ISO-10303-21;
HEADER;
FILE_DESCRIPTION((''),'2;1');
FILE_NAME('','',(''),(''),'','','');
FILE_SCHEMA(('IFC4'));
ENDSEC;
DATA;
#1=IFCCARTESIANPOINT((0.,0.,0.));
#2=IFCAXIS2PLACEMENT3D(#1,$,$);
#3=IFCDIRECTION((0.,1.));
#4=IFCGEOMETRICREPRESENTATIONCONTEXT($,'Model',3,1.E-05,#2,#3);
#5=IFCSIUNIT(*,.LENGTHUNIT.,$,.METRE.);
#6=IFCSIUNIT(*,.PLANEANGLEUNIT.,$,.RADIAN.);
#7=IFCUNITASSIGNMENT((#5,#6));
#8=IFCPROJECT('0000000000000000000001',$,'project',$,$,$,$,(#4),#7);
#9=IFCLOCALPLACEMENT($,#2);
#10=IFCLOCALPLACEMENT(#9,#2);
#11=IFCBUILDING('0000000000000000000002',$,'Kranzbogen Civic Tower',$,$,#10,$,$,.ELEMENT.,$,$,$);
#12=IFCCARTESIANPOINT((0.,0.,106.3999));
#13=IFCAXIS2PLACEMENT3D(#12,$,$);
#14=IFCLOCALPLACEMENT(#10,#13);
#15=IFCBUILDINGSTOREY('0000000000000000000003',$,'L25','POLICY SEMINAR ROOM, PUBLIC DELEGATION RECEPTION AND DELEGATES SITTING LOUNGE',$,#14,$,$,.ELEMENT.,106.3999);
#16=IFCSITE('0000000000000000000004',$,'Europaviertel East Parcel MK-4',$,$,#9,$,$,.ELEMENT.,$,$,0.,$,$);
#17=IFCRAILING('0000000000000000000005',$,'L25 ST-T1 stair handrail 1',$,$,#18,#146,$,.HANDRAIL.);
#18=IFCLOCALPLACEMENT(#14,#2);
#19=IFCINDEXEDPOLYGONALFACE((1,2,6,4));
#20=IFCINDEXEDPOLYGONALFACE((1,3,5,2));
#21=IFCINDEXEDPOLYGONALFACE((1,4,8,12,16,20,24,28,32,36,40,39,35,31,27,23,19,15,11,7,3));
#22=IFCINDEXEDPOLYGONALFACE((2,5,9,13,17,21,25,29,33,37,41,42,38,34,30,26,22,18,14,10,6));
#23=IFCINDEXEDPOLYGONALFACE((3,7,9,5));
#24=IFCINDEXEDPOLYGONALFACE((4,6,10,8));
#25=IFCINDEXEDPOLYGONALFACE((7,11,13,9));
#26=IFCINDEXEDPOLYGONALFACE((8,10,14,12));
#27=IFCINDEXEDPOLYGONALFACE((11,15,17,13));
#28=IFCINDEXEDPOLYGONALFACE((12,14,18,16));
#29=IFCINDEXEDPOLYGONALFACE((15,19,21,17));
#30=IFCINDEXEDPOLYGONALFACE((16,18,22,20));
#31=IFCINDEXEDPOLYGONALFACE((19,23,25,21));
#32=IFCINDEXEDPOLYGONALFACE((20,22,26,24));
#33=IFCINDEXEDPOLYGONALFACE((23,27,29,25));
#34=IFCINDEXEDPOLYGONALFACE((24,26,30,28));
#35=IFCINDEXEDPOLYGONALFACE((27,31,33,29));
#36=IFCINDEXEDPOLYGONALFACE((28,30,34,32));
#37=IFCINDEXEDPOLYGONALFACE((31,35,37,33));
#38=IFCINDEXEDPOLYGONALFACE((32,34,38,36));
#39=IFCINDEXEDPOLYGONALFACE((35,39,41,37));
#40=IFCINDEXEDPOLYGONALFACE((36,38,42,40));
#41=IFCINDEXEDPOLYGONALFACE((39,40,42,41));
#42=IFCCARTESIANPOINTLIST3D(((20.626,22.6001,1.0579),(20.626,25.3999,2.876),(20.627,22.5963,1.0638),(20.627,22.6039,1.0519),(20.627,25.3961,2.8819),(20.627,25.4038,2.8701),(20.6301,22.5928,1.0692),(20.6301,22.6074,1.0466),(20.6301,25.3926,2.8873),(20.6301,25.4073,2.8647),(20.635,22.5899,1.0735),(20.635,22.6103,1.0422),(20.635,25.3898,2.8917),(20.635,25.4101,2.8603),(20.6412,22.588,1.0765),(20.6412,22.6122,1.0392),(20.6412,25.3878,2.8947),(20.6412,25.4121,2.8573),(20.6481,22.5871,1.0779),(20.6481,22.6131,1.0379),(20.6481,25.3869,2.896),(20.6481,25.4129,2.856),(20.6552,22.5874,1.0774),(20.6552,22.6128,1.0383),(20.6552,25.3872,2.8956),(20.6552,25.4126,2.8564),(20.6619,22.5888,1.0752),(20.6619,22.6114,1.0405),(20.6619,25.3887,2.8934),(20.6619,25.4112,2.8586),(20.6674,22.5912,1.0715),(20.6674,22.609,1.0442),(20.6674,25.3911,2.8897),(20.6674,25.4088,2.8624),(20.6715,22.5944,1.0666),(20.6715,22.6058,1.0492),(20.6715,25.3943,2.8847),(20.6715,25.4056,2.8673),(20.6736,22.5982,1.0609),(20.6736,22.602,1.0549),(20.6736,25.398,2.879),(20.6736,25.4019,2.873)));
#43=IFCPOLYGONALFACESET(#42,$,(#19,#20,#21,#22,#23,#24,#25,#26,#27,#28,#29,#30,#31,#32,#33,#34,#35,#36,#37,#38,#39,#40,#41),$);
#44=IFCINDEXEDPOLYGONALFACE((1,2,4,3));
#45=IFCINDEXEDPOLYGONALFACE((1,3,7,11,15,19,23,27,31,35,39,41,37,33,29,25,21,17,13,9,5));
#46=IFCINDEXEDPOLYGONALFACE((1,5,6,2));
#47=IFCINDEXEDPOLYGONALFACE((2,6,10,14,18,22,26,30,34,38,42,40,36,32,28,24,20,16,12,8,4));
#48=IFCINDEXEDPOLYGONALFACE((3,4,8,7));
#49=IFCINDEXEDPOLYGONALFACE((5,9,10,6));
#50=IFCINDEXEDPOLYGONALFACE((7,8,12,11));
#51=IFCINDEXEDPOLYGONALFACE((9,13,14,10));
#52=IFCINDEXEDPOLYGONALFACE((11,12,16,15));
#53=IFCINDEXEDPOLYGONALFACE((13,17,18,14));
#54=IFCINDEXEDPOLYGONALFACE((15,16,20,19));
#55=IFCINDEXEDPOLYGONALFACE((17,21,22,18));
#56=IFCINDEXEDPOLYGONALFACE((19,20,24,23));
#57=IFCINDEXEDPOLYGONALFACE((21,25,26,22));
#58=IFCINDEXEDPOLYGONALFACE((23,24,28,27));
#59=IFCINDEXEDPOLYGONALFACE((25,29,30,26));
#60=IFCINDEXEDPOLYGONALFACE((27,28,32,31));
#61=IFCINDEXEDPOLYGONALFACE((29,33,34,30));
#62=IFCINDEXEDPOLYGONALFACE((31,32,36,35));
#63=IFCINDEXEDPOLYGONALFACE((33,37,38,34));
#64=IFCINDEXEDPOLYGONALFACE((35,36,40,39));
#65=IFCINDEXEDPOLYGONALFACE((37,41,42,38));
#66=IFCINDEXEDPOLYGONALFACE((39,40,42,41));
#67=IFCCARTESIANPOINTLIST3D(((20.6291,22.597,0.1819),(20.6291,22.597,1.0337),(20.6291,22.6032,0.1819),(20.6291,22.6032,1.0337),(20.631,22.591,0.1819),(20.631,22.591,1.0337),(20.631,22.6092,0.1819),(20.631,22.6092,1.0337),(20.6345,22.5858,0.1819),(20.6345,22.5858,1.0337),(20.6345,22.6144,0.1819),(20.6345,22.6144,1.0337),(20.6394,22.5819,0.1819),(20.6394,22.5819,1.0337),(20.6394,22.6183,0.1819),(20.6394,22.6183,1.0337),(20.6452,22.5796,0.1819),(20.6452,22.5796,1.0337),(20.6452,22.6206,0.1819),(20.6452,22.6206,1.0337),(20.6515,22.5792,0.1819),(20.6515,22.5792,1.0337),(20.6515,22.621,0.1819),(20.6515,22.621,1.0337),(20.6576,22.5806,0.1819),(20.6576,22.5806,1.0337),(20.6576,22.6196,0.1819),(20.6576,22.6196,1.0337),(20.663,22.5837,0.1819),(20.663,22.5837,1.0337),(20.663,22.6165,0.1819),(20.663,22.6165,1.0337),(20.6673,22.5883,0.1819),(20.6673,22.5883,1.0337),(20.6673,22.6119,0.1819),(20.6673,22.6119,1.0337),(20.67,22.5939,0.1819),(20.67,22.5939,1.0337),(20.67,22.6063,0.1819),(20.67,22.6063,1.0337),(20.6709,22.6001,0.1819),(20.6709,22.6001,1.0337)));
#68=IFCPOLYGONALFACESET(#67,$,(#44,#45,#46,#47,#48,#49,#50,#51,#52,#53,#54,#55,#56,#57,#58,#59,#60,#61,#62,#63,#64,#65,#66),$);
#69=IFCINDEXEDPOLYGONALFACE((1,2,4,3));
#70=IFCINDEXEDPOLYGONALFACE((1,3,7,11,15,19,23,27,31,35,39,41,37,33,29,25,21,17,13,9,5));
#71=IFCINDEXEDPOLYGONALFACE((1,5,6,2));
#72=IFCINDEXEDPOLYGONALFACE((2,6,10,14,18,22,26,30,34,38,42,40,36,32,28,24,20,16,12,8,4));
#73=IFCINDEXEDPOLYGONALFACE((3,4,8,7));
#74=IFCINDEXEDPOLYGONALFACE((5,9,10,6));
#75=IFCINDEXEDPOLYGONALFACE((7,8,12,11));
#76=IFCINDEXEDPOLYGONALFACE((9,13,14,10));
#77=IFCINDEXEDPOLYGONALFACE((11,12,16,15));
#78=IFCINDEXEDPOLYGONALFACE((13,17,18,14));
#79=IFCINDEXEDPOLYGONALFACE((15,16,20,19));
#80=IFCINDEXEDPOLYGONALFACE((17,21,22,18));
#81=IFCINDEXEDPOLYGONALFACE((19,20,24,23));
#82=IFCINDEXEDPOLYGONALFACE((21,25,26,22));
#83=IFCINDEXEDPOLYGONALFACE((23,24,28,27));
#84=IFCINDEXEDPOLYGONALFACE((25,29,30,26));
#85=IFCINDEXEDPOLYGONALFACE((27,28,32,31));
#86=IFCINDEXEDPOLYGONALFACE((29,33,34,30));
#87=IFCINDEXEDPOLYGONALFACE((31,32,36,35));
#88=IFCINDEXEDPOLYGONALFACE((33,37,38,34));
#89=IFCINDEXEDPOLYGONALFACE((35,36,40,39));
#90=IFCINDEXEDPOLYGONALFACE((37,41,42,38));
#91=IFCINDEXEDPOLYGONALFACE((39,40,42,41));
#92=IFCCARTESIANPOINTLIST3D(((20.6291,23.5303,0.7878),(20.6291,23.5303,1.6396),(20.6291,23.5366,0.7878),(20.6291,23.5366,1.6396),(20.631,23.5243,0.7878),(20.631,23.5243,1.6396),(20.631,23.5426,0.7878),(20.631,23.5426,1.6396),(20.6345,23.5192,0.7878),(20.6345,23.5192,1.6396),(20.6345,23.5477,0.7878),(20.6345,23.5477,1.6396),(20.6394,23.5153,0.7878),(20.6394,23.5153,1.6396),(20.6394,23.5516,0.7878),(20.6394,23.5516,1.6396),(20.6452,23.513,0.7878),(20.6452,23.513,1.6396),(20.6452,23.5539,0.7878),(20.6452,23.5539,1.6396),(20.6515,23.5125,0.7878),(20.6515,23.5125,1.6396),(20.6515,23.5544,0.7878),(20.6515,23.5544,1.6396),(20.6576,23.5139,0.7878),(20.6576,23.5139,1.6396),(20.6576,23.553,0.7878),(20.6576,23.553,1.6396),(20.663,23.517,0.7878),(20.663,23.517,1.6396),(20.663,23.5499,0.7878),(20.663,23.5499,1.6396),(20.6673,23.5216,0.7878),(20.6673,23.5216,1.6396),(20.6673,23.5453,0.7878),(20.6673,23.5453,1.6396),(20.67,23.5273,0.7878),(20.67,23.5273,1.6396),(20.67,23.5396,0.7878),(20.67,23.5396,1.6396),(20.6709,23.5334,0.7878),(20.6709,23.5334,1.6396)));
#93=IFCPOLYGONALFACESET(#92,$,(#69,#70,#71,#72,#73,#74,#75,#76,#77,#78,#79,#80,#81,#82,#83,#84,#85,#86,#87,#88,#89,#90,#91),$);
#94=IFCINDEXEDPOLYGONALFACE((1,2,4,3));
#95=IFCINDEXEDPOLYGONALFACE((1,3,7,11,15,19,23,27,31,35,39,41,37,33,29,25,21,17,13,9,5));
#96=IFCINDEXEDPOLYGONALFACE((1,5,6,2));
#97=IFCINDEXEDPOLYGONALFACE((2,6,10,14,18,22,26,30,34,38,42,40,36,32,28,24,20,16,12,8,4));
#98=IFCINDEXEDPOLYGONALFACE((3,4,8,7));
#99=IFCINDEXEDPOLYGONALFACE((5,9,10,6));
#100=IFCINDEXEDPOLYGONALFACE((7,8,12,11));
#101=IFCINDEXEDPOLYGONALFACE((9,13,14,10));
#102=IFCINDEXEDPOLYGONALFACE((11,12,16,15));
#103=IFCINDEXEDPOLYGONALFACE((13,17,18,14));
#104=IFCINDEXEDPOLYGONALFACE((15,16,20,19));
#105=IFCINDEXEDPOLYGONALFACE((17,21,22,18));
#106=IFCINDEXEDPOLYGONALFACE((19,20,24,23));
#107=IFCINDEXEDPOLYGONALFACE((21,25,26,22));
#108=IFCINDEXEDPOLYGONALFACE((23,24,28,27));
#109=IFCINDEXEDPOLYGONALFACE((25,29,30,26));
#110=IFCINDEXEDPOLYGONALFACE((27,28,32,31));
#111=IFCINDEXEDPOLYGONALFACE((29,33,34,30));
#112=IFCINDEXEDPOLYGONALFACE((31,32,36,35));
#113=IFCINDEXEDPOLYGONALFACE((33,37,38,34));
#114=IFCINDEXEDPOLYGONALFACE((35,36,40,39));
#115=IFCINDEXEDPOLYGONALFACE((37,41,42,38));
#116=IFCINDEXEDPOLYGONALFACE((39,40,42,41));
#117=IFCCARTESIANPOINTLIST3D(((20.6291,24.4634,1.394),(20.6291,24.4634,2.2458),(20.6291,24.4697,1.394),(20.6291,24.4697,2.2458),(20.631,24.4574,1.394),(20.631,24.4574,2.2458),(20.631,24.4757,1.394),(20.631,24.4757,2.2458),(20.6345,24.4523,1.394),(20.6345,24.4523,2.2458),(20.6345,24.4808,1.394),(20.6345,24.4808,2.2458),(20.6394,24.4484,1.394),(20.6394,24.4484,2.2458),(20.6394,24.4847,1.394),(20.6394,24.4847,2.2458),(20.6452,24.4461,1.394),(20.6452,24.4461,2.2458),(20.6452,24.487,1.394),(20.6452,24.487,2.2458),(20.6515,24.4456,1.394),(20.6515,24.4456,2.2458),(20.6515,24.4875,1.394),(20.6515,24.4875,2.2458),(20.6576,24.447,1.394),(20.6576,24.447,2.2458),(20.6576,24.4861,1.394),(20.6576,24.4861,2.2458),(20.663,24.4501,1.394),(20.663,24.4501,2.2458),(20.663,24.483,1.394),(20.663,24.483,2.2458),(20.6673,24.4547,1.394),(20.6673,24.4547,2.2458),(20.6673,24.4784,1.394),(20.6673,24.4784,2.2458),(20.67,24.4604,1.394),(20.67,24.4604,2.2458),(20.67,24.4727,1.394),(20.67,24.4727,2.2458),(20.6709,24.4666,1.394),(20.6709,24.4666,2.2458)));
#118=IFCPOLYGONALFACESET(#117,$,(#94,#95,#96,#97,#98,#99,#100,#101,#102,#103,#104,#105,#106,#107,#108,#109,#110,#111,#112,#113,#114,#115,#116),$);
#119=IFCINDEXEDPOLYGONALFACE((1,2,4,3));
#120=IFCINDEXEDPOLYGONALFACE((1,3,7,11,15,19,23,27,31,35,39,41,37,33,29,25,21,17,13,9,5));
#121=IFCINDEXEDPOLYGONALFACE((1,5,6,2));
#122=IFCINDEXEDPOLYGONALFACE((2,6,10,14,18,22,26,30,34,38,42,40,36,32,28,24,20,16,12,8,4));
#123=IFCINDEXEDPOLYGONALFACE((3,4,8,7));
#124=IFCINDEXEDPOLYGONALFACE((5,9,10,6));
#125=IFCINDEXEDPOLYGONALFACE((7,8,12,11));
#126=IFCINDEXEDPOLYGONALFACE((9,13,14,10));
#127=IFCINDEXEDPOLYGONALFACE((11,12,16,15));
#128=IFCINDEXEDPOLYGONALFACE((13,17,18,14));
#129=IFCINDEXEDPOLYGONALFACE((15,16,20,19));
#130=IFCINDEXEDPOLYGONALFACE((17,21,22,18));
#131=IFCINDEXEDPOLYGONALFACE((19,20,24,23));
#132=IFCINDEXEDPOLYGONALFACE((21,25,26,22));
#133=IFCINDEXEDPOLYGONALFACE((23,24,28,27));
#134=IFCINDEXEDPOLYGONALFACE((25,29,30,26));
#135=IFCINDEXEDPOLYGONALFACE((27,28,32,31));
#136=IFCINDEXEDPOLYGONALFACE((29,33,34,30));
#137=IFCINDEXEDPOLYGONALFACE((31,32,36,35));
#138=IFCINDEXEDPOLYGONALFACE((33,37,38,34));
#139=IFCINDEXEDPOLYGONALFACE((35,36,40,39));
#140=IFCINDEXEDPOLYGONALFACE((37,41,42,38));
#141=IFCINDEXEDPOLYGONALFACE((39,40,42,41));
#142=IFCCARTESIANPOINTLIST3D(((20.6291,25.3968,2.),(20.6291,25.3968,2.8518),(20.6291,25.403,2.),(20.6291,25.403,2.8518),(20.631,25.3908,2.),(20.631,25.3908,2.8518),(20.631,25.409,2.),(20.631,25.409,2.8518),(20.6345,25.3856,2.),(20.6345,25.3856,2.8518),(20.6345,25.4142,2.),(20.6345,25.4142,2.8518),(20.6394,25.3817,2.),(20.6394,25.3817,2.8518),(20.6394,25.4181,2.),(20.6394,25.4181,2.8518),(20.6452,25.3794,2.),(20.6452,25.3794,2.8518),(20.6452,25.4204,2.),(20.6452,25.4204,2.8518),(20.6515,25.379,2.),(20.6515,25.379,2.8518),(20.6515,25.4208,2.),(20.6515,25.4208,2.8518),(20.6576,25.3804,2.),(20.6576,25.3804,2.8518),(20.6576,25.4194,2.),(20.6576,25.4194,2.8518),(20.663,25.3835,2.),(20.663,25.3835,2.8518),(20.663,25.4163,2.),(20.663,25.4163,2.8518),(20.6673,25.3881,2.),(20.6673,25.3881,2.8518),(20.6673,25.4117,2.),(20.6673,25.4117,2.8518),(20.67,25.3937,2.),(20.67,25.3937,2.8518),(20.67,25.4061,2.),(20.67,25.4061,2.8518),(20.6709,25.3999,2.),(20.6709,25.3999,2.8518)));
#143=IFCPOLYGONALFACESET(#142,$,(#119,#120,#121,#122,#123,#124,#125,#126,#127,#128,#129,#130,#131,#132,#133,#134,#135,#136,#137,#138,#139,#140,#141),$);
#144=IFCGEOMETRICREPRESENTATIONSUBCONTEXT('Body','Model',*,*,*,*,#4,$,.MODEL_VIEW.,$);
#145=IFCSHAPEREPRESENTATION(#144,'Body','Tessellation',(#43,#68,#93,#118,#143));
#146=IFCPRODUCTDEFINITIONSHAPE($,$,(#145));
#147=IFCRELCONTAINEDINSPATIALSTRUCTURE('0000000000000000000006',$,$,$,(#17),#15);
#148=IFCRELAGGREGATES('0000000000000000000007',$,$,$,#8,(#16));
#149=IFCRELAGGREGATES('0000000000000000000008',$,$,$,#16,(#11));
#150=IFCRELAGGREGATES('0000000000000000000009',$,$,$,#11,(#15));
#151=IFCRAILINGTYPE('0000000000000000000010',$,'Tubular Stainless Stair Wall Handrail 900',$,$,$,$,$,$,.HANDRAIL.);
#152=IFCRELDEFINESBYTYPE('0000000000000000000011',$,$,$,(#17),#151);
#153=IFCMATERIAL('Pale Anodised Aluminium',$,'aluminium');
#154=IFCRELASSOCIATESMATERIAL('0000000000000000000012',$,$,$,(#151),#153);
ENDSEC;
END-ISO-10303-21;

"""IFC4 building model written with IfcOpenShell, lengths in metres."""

from ifc_helpers import new_model, si_unit, direction, frame, origin, origin_2d, place, context, subcontext, project, spatial, circle, extrude, material, type_object, element, save


model = new_model("IFC4")

# Units and contexts
model_context = context("Model", 3, precision=1e-05, world=origin(), true_north=direction((0.0, 1.0)))
body_context = subcontext(model_context, "Body", "Model", "MODEL_VIEW")
ifc_project = project(units=[si_unit("LENGTHUNIT", "METRE"), si_unit("PLANEANGLEUNIT", "RADIAN")], contexts=[model_context])

# Site, building, storey
site_placement = place(None, origin())
site = spatial("IfcSite", under=ifc_project, at=site_placement, Name="Europaviertel East Parcel MK-4", CompositionType="ELEMENT", RefElevation=0.0)
building_placement = place(site_placement, origin())
building = spatial("IfcBuilding", under=site, at=building_placement, Name="Kranzbogen Civic Tower", CompositionType="ELEMENT")
storey_placement = place(building_placement, frame((0.0, 0.0, 106.3999)))
storey = spatial("IfcBuildingStorey", under=building, at=storey_placement, Name="L25", Description="POLICY SEMINAR ROOM, PUBLIC DELEGATION RECEPTION AND DELEGATES SITTING LOUNGE", CompositionType="ELEMENT", Elevation=106.3999)

# Shared definitions
ifc_material_1 = material(Name="Pale Anodised Aluminium", Category="aluminium")

# Railing
railing_type_1 = type_object("IfcRailingType", Name="Tubular Stainless Stair Wall Handrail 900", PredefinedType="HANDRAIL", material=ifc_material_1)
railing_1_placement = place(storey_placement, frame((20.6499, 22.6001, 0.1819)))
element("IfcRailing", 1, at=railing_1_placement, inside=storey, type_object=railing_type_1, Name="L25 ST-T1 stair handrail 1", PredefinedType="HANDRAIL", context=body_context, shape_type="SweptSolid", body=[
    extrude(circle(Radius=0.0239, at=origin_2d()), frame((0.0, 0.0, 0.876), z_axis=(0.0, 0.838684, 0.544618), x_axis=(-1.0, 0.0, 0.0)), (0.0, 0.0, 1.0), 3.3384),
    extrude(circle(Radius=0.021, at=origin_2d()), origin(), (0.0, 0.0, 1.0), 0.8518),
    extrude(circle(Radius=0.021, at=origin_2d()), frame((0.0, 0.9333, 0.606)), (0.0, 0.0, 1.0), 0.8518),
    extrude(circle(Radius=0.021, at=origin_2d()), frame((0.0, 1.8665, 1.2122)), (0.0, 0.0, 1.0), 0.8518),
    extrude(circle(Radius=0.021, at=origin_2d()), frame((0.0, 2.7998, 1.8181)), (0.0, 0.0, 1.0), 0.8518),
])

save(model, "model.ifc")
